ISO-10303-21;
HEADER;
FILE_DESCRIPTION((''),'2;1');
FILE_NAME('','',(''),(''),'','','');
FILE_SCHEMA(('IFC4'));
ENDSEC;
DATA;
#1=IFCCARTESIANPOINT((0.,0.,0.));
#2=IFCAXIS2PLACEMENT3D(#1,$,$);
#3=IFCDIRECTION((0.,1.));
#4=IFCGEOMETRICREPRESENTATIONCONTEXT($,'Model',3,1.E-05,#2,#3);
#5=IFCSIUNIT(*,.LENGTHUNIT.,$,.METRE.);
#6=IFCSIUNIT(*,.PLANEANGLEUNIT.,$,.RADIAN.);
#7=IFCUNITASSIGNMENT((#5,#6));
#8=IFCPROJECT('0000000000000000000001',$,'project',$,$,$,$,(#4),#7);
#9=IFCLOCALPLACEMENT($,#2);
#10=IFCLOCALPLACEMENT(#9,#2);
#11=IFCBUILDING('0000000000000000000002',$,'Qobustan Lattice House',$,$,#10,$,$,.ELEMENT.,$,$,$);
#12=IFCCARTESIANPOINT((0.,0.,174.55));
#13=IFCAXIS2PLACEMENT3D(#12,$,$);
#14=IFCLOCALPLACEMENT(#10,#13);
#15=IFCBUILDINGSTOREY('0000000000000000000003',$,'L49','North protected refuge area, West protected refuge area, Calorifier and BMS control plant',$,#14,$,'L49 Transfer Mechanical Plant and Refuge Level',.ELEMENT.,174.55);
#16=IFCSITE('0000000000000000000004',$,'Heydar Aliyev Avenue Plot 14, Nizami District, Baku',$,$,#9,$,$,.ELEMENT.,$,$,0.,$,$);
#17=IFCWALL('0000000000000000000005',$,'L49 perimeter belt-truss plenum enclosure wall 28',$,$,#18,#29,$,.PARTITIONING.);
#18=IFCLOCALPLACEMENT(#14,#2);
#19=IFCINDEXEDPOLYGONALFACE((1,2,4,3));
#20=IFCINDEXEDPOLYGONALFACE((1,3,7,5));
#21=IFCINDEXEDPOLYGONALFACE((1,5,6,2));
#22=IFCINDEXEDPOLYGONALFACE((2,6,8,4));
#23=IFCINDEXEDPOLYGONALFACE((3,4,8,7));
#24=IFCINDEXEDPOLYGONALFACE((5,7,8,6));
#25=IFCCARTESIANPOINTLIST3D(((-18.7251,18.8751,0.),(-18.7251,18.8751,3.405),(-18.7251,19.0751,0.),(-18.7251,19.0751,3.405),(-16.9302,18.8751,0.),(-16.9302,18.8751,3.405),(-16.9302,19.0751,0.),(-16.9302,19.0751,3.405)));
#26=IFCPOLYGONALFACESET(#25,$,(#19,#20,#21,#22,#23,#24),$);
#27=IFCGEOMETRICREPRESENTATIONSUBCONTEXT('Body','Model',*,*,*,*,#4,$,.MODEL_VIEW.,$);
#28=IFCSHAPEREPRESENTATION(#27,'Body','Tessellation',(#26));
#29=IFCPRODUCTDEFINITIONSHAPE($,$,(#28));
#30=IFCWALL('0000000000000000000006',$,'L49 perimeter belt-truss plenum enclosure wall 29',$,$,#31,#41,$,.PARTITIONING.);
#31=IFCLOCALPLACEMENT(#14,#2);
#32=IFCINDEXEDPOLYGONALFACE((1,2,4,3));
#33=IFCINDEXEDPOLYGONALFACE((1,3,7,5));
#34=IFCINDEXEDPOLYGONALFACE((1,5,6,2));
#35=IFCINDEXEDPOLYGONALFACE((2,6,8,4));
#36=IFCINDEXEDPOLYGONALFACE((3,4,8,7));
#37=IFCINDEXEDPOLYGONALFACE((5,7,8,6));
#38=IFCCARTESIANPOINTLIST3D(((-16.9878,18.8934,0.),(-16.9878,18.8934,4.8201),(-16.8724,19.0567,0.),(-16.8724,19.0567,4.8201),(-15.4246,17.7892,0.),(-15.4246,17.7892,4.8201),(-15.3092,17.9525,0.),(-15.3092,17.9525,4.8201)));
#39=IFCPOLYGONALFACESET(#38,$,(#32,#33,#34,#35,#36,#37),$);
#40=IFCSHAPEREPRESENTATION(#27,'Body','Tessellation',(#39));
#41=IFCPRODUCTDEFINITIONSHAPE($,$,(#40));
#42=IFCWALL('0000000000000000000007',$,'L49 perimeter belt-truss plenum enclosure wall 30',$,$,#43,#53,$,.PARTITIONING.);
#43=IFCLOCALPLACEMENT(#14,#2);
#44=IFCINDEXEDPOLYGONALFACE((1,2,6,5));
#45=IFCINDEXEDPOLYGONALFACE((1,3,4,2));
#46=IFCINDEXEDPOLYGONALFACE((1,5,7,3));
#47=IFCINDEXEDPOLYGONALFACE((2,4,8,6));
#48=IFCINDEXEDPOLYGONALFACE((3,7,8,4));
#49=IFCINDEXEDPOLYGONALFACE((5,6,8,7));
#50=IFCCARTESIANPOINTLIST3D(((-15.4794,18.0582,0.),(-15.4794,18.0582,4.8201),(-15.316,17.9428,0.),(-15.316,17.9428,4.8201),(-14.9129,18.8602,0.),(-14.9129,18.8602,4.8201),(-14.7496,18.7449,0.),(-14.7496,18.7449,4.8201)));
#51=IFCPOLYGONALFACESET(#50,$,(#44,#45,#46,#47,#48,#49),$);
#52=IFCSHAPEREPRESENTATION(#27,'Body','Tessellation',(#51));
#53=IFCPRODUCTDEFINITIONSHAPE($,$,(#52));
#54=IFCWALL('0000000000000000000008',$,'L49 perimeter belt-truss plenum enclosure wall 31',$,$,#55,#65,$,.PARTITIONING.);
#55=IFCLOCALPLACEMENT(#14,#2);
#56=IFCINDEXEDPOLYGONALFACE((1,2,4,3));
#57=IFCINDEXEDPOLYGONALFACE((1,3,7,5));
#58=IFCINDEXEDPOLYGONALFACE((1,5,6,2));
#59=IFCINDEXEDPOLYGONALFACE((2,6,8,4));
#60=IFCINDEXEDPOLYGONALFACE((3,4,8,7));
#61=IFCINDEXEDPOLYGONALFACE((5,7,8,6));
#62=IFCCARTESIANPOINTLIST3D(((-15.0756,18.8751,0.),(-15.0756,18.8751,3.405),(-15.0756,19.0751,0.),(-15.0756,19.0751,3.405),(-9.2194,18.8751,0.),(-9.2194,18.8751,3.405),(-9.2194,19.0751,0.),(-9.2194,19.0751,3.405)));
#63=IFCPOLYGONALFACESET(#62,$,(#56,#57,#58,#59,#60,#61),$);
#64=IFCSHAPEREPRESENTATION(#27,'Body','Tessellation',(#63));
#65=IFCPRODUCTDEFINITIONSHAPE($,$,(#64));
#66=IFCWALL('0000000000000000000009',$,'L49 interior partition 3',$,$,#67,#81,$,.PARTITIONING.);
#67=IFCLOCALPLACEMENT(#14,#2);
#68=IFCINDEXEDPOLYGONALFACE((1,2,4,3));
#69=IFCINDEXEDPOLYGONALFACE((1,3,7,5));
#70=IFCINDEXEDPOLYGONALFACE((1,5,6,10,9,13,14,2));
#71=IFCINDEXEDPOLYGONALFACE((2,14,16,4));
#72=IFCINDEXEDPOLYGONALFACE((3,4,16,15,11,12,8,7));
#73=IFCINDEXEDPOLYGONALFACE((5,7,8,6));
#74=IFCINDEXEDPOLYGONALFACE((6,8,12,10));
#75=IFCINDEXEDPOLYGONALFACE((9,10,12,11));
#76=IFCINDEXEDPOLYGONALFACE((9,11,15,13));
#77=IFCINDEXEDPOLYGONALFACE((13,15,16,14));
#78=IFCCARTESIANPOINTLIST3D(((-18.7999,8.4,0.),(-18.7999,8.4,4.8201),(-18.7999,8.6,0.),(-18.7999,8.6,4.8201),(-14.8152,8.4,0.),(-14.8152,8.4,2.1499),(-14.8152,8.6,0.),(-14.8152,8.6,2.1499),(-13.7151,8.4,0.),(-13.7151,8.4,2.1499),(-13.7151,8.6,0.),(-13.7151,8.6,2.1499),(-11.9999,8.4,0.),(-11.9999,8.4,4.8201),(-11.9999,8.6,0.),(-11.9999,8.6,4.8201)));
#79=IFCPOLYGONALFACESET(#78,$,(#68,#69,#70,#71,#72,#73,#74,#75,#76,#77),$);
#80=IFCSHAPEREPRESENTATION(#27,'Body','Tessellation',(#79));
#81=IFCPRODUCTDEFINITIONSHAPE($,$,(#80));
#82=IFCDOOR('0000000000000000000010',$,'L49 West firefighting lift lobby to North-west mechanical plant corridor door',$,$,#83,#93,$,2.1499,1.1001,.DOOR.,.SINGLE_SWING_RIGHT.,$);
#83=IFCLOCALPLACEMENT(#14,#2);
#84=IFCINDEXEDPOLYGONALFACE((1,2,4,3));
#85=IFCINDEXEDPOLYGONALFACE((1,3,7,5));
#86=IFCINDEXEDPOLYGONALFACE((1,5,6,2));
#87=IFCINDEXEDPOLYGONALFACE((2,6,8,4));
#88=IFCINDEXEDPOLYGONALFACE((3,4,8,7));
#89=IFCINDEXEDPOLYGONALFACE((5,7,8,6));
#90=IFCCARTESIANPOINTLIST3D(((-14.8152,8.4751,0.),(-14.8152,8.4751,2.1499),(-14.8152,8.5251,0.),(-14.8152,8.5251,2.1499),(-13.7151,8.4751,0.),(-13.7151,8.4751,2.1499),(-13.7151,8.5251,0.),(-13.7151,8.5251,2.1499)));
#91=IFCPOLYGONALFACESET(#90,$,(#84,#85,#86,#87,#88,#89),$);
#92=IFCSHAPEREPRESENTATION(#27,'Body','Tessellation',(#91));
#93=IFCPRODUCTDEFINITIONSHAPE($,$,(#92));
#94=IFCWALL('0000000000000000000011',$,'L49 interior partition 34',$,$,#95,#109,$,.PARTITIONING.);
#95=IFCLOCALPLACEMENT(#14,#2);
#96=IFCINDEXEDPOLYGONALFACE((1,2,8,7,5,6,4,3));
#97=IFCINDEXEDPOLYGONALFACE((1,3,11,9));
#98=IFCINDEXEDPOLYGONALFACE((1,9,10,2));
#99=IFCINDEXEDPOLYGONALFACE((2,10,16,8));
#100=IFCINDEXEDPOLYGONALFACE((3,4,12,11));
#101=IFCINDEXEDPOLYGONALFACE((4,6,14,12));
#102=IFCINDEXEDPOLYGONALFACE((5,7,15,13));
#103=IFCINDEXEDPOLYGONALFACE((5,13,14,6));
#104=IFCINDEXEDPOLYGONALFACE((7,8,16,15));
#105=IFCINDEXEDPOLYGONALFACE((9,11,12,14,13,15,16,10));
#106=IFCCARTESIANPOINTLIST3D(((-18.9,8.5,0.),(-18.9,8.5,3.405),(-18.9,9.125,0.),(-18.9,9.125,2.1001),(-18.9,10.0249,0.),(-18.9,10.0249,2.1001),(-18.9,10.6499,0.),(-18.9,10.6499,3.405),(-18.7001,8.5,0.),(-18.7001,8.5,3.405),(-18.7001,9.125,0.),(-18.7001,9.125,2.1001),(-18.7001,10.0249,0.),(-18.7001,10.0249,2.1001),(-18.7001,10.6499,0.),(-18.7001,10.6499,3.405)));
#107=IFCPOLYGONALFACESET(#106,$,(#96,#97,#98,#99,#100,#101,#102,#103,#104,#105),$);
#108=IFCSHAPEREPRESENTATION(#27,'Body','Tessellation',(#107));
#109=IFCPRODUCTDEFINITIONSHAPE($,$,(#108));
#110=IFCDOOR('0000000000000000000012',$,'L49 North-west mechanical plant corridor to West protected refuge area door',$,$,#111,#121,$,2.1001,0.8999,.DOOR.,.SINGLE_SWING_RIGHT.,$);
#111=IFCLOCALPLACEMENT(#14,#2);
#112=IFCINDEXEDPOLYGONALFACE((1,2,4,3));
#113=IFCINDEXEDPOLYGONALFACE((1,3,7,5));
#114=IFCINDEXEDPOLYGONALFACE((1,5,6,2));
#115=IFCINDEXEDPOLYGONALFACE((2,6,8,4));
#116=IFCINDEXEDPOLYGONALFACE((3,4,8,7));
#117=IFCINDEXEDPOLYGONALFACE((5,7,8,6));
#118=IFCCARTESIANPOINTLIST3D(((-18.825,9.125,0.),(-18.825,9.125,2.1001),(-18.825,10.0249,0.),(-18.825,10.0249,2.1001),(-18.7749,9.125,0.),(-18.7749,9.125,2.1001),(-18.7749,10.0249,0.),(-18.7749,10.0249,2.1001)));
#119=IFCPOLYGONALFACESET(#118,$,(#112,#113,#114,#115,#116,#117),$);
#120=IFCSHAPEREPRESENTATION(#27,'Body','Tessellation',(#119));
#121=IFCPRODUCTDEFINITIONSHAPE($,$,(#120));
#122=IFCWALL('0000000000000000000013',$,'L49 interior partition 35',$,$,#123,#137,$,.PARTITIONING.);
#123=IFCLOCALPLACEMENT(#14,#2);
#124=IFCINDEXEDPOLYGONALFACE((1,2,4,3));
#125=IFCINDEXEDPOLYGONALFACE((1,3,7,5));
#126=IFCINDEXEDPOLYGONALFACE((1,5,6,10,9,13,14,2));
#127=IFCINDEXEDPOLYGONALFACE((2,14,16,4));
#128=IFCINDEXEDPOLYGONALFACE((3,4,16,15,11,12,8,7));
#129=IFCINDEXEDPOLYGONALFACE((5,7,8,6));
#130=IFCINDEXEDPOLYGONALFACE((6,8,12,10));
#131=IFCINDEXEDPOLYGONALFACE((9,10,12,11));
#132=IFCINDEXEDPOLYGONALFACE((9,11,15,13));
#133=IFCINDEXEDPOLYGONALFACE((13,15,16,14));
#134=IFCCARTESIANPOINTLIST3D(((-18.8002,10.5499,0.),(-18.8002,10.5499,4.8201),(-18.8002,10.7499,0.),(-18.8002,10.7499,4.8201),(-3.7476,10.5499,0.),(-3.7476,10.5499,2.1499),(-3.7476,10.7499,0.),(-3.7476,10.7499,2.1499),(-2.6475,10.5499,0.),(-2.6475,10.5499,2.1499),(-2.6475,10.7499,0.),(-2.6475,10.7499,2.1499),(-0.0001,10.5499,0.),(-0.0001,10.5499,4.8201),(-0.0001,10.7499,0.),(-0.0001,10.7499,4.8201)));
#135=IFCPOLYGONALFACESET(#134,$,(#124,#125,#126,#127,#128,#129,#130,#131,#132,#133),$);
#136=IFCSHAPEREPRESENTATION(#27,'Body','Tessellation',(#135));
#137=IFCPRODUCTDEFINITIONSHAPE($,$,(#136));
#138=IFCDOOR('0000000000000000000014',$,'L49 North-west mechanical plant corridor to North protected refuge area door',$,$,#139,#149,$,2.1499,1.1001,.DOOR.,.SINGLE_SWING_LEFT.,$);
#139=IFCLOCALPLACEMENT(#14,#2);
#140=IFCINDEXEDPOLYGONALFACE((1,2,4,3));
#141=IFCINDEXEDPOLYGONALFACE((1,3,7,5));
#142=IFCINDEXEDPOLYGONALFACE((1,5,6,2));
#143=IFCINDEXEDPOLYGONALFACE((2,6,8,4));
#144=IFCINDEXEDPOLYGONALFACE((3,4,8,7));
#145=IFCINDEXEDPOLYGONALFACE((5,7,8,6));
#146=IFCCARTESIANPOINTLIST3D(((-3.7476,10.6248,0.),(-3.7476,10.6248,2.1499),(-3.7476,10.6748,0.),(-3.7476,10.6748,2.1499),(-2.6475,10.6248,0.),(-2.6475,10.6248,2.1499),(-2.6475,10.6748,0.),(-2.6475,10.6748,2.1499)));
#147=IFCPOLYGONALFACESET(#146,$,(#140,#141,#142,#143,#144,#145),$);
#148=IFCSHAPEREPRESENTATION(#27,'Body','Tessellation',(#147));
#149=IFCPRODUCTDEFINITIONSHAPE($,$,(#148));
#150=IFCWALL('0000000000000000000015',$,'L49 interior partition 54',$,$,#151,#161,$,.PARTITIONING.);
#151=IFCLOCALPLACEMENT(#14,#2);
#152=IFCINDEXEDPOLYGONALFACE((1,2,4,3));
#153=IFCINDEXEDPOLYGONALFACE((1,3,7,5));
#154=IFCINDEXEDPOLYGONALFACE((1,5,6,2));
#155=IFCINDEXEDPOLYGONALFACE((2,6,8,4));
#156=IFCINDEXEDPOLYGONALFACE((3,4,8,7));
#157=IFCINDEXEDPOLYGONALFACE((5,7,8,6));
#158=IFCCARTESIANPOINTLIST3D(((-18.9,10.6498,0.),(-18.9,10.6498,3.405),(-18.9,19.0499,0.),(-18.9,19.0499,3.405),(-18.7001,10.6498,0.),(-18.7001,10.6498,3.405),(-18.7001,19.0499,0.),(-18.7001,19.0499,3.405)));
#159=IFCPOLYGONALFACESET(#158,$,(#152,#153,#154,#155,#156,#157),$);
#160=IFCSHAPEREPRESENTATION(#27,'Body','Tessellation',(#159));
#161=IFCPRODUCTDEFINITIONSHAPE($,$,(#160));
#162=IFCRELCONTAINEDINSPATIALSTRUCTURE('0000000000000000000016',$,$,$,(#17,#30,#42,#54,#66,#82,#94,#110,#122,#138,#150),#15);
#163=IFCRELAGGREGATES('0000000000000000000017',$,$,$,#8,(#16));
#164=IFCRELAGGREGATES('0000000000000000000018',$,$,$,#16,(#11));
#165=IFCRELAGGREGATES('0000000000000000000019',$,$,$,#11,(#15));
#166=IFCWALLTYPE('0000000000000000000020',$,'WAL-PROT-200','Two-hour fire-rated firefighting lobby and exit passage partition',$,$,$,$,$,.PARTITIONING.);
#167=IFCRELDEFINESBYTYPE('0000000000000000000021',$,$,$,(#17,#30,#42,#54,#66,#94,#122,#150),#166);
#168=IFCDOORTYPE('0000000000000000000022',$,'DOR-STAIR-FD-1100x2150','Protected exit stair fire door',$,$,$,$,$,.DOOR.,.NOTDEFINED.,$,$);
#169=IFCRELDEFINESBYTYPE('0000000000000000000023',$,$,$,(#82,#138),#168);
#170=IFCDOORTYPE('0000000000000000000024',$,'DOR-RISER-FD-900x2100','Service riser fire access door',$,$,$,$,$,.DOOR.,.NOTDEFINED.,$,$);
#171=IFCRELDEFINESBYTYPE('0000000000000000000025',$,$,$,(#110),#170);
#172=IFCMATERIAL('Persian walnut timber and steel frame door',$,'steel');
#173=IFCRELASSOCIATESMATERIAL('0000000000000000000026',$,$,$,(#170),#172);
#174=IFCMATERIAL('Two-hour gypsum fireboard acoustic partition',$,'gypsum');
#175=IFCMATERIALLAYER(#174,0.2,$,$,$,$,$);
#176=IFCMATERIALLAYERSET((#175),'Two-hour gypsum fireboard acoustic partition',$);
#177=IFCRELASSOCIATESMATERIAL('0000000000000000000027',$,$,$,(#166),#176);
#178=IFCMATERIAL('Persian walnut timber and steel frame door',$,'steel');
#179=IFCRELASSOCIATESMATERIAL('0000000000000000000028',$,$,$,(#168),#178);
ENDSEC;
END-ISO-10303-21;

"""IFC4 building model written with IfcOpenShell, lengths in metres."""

from ifc_helpers import new_model, si_unit, direction, frame, frame_2d, origin, place, context, subcontext, project, spatial, rectangle, extrude, material, layer, layer_set, type_object, element, fill, save


model = new_model("IFC4")

# Units and contexts
model_context = context("Model", 3, precision=1e-05, world=origin(), true_north=direction((0.0, 1.0)))
body_context = subcontext(model_context, "Body", "Model", "MODEL_VIEW")
ifc_project = project(units=[si_unit("LENGTHUNIT", "METRE"), si_unit("PLANEANGLEUNIT", "RADIAN")], contexts=[model_context])

# Site, building, storey
site_placement = place(None, origin())
site = spatial("IfcSite", under=ifc_project, at=site_placement, Name="Heydar Aliyev Avenue Plot 14, Nizami District, Baku", CompositionType="ELEMENT", RefElevation=0.0)
building_placement = place(site_placement, origin())
building = spatial("IfcBuilding", under=site, at=building_placement, Name="Qobustan Lattice House", CompositionType="ELEMENT")
storey_placement = place(building_placement, frame((0.0, 0.0, 174.55)))
storey = spatial("IfcBuildingStorey", under=building, at=storey_placement, Name="L49", Description="North protected refuge area, West protected refuge area, Calorifier and BMS control plant", LongName="L49 Transfer Mechanical Plant and Refuge Level", CompositionType="ELEMENT", Elevation=174.55)

# Shared definitions
ifc_material_1 = material(Name="Persian walnut timber and steel frame door", Category="steel")
door_type_1 = type_object("IfcDoorType", Name="DOR-RISER-FD-900x2100", Description="Service riser fire access door", OperationType="NOTDEFINED", PredefinedType="DOOR", material=ifc_material_1)

# Walls
ifc_material_2 = material(Name="Two-hour gypsum fireboard acoustic partition", Category="gypsum")
ifc_layer_1 = layer(ifc_material_2, 0.2)
ifc_layer_set_1 = layer_set([ifc_layer_1], Name="Two-hour gypsum fireboard acoustic partition")
wall_type_1 = type_object("IfcWallType", Name="WAL-PROT-200", Description="Two-hour fire-rated firefighting lobby and exit passage partition", PredefinedType="PARTITIONING", material=ifc_layer_set_1)
wall_1_placement = place(storey_placement, frame((-18.7251, 18.9751, 0.0), z_axis=(0.0, 0.0, 1.0), x_axis=(1.0, 0.0, 0.0)))
element("IfcWall", 1, at=wall_1_placement, inside=storey, type_object=wall_type_1, Name="L49 perimeter belt-truss plenum enclosure wall 28", PredefinedType="PARTITIONING", context=body_context, shape_type="SweptSolid", body=[
    extrude(rectangle(XDim=1.7949, YDim=0.2, at=frame_2d((0.8975, 0.0))), origin(), (0.0, 0.0, 1.0), 3.405),
])
wall_2_placement = place(storey_placement, frame((-16.9302, 18.9751, 0.0), z_axis=(0.0, 0.0, 1.0), x_axis=(0.816773, -0.576959, 0.0)))
element("IfcWall", 2, at=wall_2_placement, inside=storey, type_object=wall_type_1, Name="L49 perimeter belt-truss plenum enclosure wall 29", PredefinedType="PARTITIONING", context=body_context, shape_type="SweptSolid", body=[
    extrude(rectangle(XDim=1.9138, YDim=0.2, at=frame_2d((0.957, 0.0))), origin(), (0.0, 0.0, 1.0), 4.8201),
])
wall_3_placement = place(storey_placement, frame((-15.3977, 18.0005, 0.0), z_axis=(0.0, 0.0, 1.0), x_axis=(0.576878, 0.81683, 0.0)))
element("IfcWall", 3, at=wall_3_placement, inside=storey, type_object=wall_type_1, Name="L49 perimeter belt-truss plenum enclosure wall 30", PredefinedType="PARTITIONING", context=body_context, shape_type="SweptSolid", body=[
    extrude(rectangle(XDim=0.9819, YDim=0.2, at=frame_2d((0.491, 0.0))), origin(), (0.0, 0.0, 1.0), 4.8201),
])
wall_4_placement = place(storey_placement, frame((-15.0757, 18.9751, 0.0), z_axis=(0.0, 0.0, 1.0), x_axis=(1.0, 0.0, 0.0)))
element("IfcWall", 4, at=wall_4_placement, inside=storey, type_object=wall_type_1, Name="L49 perimeter belt-truss plenum enclosure wall 31", PredefinedType="PARTITIONING", context=body_context, shape_type="SweptSolid", body=[
    extrude(rectangle(XDim=5.8562, YDim=0.2, at=frame_2d((2.9282, 0.0))), origin(), (0.0, 0.0, 1.0), 3.405),
])

# Walls, openings, doors
wall_5_placement = place(storey_placement, frame((-12.0, 8.5, 0.0), z_axis=(0.0, 0.0, 1.0), x_axis=(-1.0, 0.0, 0.0)))
wall_5 = element("IfcWall", 5, at=wall_5_placement, inside=storey, type_object=wall_type_1, Name="L49 interior partition 3", PredefinedType="PARTITIONING", context=body_context, shape_type="SweptSolid", body=[
    extrude(rectangle(XDim=6.8, YDim=0.2, at=frame_2d((3.3999, 0.0))), origin(), (0.0, 0.0, 1.0), 4.8201),
])
opening_1_placement = place(wall_5_placement, frame((1.7151, 0.0, 0.0)))
opening_1 = element("IfcOpeningElement", 6, at=opening_1_placement, cuts=wall_5, PredefinedType="OPENING", context=body_context, shape_type="SweptSolid", body=[
    extrude(rectangle(XDim=1.1001, YDim=2.1499, at=frame_2d((0.55, 1.075))), frame((0.0, 0.1099, 0.0), z_axis=(0.0, -1.0, 0.0), x_axis=(1.0, 0.0, 0.0)), (0.0, 0.0, 1.0), 0.22),
])
ifc_material_3 = material(Name="Persian walnut timber and steel frame door", Category="steel")
door_type_2 = type_object("IfcDoorType", Name="DOR-STAIR-FD-1100x2150", Description="Protected exit stair fire door", OperationType="NOTDEFINED", PredefinedType="DOOR", material=ifc_material_3)
door_1_placement = place(opening_1_placement, origin())
door_1 = element("IfcDoor", 7, at=door_1_placement, inside=storey, type_object=door_type_2, Name="L49 West firefighting lift lobby to North-west mechanical plant corridor door", OperationType="SINGLE_SWING_RIGHT", OverallHeight=2.1499, OverallWidth=1.1001, PredefinedType="DOOR", context=body_context, shape_type="SweptSolid", body=[
    extrude(rectangle(XDim=1.1001, YDim=2.1499, at=frame_2d((0.55, 1.075))), frame((0.0, 0.0249, 0.0), z_axis=(0.0, -1.0, 0.0), x_axis=(1.0, 0.0, 0.0)), (0.0, 0.0, 1.0), 0.05),
])
fill(opening_1, door_1)
wall_6_placement = place(storey_placement, frame((-18.8, 8.5, 0.0), z_axis=(0.0, 0.0, 1.0), x_axis=(0.0, 1.0, 0.0)))
wall_6 = element("IfcWall", 8, at=wall_6_placement, inside=storey, type_object=wall_type_1, Name="L49 interior partition 34", PredefinedType="PARTITIONING", context=body_context, shape_type="SweptSolid", body=[
    extrude(rectangle(XDim=2.1499, YDim=0.2, at=frame_2d((1.075, 0.0))), origin(), (0.0, 0.0, 1.0), 3.405),
])
opening_2_placement = place(wall_6_placement, frame((0.625, 0.0, 0.0)))
opening_2 = element("IfcOpeningElement", 9, at=opening_2_placement, cuts=wall_6, PredefinedType="OPENING", context=body_context, shape_type="SweptSolid", body=[
    extrude(rectangle(XDim=0.8999, YDim=2.1001, at=frame_2d((0.45, 1.05))), frame((0.0, 0.1099, 0.0), z_axis=(0.0, -1.0, 0.0), x_axis=(1.0, 0.0, 0.0)), (0.0, 0.0, 1.0), 0.22),
])
door_2_placement = place(opening_2_placement, origin())
door_2 = element("IfcDoor", 10, at=door_2_placement, inside=storey, type_object=door_type_1, Name="L49 North-west mechanical plant corridor to West protected refuge area door", OperationType="SINGLE_SWING_RIGHT", OverallHeight=2.1001, OverallWidth=0.8999, PredefinedType="DOOR", context=body_context, shape_type="SweptSolid", body=[
    extrude(rectangle(XDim=0.8999, YDim=2.1001, at=frame_2d((0.45, 1.05))), frame((0.0, 0.0249, 0.0), z_axis=(0.0, -1.0, 0.0), x_axis=(1.0, 0.0, 0.0)), (0.0, 0.0, 1.0), 0.05),
])
fill(opening_2, door_2)
wall_7_placement = place(storey_placement, frame((-18.8, 10.6499, 0.0), z_axis=(0.0, 0.0, 1.0), x_axis=(1.0, 0.0, 0.0)))
wall_7 = element("IfcWall", 11, at=wall_7_placement, inside=storey, type_object=wall_type_1, Name="L49 interior partition 35", PredefinedType="PARTITIONING", context=body_context, shape_type="SweptSolid", body=[
    extrude(rectangle(XDim=18.8, YDim=0.2, at=frame_2d((9.3999, 0.0))), origin(), (0.0, 0.0, 1.0), 4.8201),
])
opening_3_placement = place(wall_7_placement, frame((15.0525, 0.0, 0.0)))
opening_3 = element("IfcOpeningElement", 12, at=opening_3_placement, cuts=wall_7, PredefinedType="OPENING", context=body_context, shape_type="SweptSolid", body=[
    extrude(rectangle(XDim=1.1001, YDim=2.1499, at=frame_2d((0.55, 1.075))), frame((0.0, 0.1099, 0.0), z_axis=(0.0, -1.0, 0.0), x_axis=(1.0, 0.0, 0.0)), (0.0, 0.0, 1.0), 0.22),
])
door_3_placement = place(opening_3_placement, origin())
door_3 = element("IfcDoor", 13, at=door_3_placement, inside=storey, type_object=door_type_2, Name="L49 North-west mechanical plant corridor to North protected refuge area door", OperationType="SINGLE_SWING_LEFT", OverallHeight=2.1499, OverallWidth=1.1001, PredefinedType="DOOR", context=body_context, shape_type="SweptSolid", body=[
    extrude(rectangle(XDim=1.1001, YDim=2.1499, at=frame_2d((0.55, 1.075))), frame((0.0, 0.0249, 0.0), z_axis=(0.0, -1.0, 0.0), x_axis=(1.0, 0.0, 0.0)), (0.0, 0.0, 1.0), 0.05),
])
fill(opening_3, door_3)

# Wall
wall_8_placement = place(storey_placement, frame((-18.8, 19.05, 0.0), z_axis=(0.0, 0.0, 1.0), x_axis=(0.0, -1.0, 0.0)))
element("IfcWall", 14, at=wall_8_placement, inside=storey, type_object=wall_type_1, Name="L49 interior partition 54", PredefinedType="PARTITIONING", context=body_context, shape_type="SweptSolid", body=[
    extrude(rectangle(XDim=8.4001, YDim=0.2, at=frame_2d((4.2002, 0.0))), origin(), (0.0, 0.0, 1.0), 3.405),
])

save(model, "model.ifc")
